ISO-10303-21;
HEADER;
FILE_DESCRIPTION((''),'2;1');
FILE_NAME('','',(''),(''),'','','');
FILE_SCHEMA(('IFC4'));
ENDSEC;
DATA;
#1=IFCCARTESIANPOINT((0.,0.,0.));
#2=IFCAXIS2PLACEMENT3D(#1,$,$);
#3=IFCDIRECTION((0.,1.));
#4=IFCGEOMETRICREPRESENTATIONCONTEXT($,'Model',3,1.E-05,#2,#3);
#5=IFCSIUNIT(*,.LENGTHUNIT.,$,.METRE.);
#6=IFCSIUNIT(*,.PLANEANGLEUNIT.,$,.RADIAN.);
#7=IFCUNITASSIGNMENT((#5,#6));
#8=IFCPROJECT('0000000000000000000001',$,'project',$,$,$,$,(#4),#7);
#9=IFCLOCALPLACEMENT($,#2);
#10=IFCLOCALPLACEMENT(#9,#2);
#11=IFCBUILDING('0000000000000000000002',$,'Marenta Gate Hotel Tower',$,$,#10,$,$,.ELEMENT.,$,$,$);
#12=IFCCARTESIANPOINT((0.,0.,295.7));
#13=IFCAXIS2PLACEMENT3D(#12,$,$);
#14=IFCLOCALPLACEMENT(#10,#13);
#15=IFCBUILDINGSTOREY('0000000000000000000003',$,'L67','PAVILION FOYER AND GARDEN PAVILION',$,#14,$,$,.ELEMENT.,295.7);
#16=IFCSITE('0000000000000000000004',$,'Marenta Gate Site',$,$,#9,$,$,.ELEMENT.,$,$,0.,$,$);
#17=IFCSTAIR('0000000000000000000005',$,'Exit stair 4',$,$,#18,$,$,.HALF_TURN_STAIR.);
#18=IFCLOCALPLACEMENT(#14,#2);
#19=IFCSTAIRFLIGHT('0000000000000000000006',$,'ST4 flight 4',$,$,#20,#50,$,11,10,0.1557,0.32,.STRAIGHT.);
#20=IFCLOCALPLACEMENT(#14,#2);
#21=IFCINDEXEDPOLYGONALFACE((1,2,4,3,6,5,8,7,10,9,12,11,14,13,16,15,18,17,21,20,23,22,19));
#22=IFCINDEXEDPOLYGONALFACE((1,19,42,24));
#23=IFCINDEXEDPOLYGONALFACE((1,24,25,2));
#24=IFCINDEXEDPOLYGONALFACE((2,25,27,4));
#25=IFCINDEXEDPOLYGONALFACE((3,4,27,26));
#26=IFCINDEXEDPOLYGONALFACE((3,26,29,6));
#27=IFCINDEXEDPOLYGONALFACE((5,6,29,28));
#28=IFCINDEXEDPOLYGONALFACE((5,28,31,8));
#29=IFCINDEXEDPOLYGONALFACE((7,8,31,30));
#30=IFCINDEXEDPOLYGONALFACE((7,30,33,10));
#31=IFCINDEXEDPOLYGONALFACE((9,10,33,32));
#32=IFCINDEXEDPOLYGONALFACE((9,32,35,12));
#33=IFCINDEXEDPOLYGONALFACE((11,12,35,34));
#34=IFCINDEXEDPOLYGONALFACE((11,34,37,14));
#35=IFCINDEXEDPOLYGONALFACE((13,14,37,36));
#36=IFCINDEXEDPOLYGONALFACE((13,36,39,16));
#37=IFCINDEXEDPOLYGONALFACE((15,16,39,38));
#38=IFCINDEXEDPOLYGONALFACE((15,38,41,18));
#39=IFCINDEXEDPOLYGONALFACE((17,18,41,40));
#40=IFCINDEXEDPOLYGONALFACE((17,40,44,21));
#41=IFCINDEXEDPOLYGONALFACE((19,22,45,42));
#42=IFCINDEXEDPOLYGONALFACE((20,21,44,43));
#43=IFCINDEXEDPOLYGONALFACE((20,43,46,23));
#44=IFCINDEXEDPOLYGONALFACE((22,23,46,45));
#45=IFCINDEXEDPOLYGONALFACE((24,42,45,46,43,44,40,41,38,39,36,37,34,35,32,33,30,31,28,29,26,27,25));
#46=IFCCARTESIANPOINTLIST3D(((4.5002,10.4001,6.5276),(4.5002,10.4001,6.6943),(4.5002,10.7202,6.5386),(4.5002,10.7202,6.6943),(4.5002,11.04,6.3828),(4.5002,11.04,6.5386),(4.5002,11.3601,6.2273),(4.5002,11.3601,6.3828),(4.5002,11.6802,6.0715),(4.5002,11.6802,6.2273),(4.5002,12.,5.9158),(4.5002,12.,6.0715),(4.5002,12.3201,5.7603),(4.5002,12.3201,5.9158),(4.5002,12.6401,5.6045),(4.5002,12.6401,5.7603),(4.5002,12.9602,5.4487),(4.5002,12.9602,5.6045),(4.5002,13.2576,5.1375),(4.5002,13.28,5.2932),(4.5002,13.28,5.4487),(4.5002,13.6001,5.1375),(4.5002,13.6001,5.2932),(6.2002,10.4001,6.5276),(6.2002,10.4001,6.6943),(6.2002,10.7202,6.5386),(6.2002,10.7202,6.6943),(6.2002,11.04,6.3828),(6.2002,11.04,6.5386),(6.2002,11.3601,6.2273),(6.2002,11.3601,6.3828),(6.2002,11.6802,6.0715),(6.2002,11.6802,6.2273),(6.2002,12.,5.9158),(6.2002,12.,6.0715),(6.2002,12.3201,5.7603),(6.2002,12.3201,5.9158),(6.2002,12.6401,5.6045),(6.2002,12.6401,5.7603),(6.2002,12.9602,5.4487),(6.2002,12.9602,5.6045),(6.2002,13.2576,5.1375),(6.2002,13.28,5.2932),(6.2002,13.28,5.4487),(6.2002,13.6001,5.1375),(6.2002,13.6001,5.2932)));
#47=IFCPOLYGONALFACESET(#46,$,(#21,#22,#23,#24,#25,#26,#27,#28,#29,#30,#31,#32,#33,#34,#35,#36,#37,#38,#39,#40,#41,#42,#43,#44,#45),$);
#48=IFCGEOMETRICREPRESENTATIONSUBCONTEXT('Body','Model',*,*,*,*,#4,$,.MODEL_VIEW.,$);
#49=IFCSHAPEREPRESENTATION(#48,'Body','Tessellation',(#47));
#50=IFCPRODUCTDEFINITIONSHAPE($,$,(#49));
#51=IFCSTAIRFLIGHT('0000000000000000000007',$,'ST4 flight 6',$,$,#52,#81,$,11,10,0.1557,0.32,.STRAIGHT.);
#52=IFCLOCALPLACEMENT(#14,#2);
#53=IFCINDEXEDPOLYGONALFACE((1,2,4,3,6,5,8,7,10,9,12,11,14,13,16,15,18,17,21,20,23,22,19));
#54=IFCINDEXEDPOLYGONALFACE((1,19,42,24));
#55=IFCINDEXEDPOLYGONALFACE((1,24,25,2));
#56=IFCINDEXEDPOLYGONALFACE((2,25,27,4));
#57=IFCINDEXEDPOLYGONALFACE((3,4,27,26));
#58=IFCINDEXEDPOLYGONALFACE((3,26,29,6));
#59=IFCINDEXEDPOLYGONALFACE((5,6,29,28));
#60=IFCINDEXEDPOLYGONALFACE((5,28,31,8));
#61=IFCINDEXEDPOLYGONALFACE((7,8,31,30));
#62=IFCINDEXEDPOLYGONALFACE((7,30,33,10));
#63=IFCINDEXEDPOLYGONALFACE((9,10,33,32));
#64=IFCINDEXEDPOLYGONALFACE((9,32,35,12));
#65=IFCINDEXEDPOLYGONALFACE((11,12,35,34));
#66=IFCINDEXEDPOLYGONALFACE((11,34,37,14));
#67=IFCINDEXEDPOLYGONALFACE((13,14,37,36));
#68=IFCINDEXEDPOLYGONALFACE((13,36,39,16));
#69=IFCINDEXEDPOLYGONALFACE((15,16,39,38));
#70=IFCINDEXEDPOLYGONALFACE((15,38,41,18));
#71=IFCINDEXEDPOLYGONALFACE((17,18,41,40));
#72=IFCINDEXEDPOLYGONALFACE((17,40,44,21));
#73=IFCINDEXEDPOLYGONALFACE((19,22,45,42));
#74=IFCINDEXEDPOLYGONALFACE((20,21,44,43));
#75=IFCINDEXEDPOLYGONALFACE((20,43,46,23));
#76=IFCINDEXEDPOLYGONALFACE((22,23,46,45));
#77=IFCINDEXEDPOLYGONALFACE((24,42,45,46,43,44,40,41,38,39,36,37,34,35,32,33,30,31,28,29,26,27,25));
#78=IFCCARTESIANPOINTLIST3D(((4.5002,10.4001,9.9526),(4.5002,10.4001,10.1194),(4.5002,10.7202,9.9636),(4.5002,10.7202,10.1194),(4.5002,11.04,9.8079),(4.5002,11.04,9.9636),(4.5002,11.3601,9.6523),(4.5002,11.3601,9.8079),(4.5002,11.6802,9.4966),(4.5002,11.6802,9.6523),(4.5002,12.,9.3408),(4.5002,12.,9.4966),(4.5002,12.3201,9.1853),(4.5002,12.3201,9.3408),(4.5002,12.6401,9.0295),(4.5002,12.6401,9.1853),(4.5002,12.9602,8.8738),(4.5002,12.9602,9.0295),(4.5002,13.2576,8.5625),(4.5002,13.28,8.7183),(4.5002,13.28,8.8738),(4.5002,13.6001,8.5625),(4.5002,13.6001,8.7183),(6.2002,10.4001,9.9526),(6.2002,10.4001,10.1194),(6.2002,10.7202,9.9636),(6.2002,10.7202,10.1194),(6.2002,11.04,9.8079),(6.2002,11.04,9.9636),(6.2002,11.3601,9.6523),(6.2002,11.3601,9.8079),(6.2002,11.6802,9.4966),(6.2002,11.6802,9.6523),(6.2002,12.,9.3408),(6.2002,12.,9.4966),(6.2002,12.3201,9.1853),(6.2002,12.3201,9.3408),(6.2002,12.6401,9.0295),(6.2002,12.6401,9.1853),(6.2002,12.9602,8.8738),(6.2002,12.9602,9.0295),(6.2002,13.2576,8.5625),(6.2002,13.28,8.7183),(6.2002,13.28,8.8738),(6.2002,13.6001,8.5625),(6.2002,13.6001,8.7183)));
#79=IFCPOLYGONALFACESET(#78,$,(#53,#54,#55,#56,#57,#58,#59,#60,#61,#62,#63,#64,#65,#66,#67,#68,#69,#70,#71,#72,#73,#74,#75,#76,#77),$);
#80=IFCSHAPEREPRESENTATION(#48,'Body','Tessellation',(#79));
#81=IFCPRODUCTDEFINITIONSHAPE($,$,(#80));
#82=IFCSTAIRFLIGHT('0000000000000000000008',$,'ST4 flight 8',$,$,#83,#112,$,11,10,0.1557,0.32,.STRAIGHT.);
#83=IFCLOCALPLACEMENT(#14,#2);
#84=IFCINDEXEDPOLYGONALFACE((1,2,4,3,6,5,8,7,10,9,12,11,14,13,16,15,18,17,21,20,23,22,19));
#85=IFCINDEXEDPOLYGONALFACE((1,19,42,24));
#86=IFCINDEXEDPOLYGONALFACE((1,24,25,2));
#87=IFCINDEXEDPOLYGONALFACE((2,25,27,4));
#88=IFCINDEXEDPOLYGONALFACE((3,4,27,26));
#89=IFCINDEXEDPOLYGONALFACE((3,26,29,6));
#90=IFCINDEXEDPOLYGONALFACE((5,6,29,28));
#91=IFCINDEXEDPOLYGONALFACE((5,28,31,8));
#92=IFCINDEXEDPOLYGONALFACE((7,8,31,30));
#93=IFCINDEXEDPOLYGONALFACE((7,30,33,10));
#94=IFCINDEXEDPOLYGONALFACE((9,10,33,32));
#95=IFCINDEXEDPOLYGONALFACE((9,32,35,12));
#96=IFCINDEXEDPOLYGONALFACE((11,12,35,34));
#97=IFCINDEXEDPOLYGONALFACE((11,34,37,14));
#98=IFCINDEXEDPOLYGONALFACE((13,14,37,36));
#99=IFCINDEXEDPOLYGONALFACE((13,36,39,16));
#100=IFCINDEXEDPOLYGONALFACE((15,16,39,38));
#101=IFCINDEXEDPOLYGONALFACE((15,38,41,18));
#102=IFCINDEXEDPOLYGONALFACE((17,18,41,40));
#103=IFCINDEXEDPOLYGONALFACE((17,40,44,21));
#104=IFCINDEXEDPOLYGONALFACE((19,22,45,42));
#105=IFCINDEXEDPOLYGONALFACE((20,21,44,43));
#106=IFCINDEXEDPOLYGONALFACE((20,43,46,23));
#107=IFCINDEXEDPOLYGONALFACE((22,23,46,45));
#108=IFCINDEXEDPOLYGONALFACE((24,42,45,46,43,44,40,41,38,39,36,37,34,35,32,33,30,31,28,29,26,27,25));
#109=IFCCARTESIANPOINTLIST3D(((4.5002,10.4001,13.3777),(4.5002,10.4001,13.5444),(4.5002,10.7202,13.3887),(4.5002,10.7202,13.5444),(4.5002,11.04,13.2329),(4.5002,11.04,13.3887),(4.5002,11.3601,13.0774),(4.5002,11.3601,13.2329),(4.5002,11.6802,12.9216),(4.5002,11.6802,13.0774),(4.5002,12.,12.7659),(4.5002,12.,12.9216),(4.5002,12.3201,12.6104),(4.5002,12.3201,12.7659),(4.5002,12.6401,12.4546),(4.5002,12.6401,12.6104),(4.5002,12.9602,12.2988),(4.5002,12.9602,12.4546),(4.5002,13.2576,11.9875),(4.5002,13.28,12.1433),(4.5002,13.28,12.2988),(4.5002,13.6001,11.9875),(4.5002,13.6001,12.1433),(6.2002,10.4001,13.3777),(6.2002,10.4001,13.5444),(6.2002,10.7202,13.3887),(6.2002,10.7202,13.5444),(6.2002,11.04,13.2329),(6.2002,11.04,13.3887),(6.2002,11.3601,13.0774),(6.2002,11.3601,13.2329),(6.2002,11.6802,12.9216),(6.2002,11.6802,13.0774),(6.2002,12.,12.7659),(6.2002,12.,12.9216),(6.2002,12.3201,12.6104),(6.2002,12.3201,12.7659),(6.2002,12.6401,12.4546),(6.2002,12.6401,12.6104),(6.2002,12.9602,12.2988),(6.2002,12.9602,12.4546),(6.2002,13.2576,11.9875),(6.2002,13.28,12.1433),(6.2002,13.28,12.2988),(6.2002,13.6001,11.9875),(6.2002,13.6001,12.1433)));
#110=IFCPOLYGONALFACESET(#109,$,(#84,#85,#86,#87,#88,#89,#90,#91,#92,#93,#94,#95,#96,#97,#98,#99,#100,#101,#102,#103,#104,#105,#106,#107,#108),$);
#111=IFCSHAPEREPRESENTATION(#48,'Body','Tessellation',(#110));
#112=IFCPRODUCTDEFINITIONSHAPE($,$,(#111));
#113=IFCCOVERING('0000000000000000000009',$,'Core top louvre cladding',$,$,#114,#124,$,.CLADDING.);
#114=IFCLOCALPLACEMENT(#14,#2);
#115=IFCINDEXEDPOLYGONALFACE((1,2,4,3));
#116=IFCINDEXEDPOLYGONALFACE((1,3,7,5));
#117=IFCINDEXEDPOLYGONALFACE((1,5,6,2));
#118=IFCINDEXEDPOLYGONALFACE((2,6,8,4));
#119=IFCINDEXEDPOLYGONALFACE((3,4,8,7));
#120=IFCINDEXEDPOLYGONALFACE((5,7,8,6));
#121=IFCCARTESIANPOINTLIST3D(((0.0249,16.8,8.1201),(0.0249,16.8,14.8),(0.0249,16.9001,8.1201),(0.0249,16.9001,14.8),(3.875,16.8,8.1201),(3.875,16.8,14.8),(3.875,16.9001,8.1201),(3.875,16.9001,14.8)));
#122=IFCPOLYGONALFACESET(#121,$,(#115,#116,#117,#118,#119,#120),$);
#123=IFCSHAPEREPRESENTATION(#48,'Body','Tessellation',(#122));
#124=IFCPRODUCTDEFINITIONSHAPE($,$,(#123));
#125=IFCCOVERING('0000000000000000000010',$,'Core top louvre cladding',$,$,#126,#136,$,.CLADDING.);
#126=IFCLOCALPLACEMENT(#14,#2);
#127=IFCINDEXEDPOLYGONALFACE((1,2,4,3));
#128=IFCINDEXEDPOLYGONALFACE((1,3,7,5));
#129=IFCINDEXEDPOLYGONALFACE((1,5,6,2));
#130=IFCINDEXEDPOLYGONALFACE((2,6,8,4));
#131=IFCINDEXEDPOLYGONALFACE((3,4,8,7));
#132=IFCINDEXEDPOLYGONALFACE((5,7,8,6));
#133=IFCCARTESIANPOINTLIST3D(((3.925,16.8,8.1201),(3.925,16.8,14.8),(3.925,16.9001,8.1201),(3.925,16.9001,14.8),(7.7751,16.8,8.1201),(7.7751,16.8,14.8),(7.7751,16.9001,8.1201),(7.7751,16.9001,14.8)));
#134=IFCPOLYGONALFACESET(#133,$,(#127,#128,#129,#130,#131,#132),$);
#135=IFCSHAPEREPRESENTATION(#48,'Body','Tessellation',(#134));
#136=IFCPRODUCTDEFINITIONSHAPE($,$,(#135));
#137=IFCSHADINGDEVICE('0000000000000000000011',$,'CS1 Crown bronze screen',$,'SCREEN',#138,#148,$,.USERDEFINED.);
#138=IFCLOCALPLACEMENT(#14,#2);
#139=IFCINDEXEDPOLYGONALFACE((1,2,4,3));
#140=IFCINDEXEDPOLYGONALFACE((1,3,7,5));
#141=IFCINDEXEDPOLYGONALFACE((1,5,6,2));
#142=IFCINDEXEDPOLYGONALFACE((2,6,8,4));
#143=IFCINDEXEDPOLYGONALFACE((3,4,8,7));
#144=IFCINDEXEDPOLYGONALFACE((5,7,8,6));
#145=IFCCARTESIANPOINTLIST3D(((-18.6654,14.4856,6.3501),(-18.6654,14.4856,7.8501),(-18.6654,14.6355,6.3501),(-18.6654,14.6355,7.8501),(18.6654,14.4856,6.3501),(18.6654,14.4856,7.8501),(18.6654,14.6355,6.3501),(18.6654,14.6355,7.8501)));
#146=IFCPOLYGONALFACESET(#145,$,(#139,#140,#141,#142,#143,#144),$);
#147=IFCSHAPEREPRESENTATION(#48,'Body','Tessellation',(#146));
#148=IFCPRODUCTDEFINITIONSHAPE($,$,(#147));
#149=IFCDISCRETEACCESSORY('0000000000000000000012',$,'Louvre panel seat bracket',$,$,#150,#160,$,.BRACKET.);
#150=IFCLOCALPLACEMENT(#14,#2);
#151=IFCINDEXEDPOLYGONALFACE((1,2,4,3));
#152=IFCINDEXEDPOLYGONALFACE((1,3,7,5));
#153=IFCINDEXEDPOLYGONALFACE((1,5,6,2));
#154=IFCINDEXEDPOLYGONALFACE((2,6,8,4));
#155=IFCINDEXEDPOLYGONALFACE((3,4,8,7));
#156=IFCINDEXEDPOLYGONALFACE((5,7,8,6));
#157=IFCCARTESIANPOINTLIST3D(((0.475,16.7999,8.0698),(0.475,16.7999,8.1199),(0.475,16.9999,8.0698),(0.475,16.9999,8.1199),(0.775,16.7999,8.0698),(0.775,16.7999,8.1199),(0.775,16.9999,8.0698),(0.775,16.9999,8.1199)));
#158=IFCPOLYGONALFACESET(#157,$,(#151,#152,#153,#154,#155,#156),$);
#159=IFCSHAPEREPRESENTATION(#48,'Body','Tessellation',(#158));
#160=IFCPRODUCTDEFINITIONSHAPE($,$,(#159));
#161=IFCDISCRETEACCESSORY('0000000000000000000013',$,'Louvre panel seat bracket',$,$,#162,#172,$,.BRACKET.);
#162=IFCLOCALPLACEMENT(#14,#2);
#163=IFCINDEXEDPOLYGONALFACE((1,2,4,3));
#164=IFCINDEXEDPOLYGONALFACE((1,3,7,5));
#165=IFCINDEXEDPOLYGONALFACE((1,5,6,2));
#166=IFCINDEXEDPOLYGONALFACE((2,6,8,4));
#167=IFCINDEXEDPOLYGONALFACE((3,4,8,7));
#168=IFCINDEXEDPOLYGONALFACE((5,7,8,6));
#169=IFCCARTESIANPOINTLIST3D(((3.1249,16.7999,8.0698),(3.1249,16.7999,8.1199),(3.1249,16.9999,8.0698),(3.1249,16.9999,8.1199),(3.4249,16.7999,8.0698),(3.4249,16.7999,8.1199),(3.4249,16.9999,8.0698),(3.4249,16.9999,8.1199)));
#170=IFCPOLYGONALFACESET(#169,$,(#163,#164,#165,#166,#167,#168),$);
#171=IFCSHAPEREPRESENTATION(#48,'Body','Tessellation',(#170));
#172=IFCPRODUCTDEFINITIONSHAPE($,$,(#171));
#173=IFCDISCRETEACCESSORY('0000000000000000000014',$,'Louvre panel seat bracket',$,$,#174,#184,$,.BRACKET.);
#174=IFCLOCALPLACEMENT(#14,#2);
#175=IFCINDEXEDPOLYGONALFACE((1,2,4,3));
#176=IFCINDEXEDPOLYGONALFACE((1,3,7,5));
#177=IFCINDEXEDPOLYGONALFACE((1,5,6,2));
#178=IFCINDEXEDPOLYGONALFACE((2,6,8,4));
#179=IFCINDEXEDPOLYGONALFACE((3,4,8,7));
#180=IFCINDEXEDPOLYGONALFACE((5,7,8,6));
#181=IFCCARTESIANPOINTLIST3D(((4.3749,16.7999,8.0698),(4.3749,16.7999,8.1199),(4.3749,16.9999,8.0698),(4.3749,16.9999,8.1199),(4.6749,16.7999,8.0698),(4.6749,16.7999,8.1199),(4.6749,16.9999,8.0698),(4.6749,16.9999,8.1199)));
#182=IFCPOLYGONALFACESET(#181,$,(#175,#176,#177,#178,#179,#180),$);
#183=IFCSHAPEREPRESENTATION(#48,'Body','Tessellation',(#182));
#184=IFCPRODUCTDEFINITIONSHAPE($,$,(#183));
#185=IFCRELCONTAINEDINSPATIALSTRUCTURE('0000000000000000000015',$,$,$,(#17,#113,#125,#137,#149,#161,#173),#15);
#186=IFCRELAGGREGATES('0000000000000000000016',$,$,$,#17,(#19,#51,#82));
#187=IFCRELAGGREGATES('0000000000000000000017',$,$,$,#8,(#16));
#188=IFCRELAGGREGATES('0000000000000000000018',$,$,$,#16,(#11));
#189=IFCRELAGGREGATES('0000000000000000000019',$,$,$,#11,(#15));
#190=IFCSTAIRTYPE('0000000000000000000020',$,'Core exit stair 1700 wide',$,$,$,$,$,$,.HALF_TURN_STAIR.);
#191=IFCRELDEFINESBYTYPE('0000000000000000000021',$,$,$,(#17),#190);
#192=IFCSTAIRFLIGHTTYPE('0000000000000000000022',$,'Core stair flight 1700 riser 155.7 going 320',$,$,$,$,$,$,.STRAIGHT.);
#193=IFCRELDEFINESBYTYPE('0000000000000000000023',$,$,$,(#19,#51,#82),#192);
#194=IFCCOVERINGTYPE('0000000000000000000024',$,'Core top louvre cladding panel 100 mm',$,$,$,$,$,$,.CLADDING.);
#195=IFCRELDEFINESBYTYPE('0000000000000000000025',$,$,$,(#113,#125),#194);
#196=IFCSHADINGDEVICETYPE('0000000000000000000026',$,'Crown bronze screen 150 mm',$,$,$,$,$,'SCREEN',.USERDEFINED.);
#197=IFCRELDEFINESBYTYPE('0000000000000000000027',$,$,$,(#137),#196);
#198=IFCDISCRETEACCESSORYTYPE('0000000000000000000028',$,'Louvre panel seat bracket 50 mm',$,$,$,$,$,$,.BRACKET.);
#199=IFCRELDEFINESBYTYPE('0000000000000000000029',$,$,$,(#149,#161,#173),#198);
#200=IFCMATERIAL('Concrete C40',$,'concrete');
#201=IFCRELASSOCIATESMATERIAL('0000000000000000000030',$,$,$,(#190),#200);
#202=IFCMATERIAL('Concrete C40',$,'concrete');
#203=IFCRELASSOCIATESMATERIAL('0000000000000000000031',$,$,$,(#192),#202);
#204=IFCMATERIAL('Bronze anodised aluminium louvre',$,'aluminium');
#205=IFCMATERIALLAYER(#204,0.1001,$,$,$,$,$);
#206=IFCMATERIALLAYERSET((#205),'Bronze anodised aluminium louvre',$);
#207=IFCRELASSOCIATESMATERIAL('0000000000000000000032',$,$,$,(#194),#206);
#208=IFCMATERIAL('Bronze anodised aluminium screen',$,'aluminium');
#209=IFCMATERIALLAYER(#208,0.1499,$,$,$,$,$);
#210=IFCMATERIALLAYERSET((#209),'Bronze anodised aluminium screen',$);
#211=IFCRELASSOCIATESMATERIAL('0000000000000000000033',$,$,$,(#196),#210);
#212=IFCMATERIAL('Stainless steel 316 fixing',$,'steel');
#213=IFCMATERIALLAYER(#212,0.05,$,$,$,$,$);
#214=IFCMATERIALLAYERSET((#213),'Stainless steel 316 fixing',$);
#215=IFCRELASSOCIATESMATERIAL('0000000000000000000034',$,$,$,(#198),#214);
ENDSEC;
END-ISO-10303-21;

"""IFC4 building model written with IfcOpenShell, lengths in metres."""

from ifc_helpers import new_model, si_unit, direction, frame, origin, origin_2d, place, context, subcontext, project, spatial, polyline, rectangle, outline, extrude, material, layer, layer_set, type_object, element, aggregate, save


model = new_model("IFC4")

# Units and contexts
model_context = context("Model", 3, precision=1e-05, world=origin(), true_north=direction((0.0, 1.0)))
body_context = subcontext(model_context, "Body", "Model", "MODEL_VIEW")
ifc_project = project(units=[si_unit("LENGTHUNIT", "METRE"), si_unit("PLANEANGLEUNIT", "RADIAN")], contexts=[model_context])

# Site, building, storey
site_placement = place(None, origin())
site = spatial("IfcSite", under=ifc_project, at=site_placement, Name="Marenta Gate Site", CompositionType="ELEMENT", RefElevation=0.0)
building_placement = place(site_placement, origin())
building = spatial("IfcBuilding", under=site, at=building_placement, Name="Marenta Gate Hotel Tower", CompositionType="ELEMENT")
storey_placement = place(building_placement, frame((0.0, 0.0, 295.7)))
storey = spatial("IfcBuildingStorey", under=building, at=storey_placement, Name="L67", Description="PAVILION FOYER AND GARDEN PAVILION", CompositionType="ELEMENT", Elevation=295.7)

# Stair, stair flights
ifc_material_1 = material(Name="Concrete C40", Category="concrete")
stair_type = type_object("IfcStairType", Name="Core exit stair 1700 wide", PredefinedType="HALF_TURN_STAIR", material=ifc_material_1)
ifc_material_2 = material(Name="Concrete C40", Category="concrete")
stair_flight_type = type_object("IfcStairFlightType", Name="Core stair flight 1700 riser 155.7 going 320", PredefinedType="STRAIGHT", material=ifc_material_2)
stair_1_placement = place(storey_placement, origin())
stair_1 = element("IfcStair", 1, at=stair_1_placement, inside=storey, type_object=stair_type, Name="Exit stair 4", PredefinedType="HALF_TURN_STAIR")
stair_flight_1_placement = place(storey_placement, frame((5.3501, 13.6001, 5.1375), z_axis=(0.0, 0.0, 1.0), x_axis=(0.0, -1.0, 0.0)))
stair_flight_1 = element("IfcStairFlight", 2, at=stair_flight_1_placement, type_object=stair_flight_type, Name="ST4 flight 4", NumberOfRisers=11, NumberOfTreads=10, PredefinedType="STRAIGHT", RiserHeight=0.1557, TreadLength=0.32, context=body_context, shape_type="SweptSolid", body=[
    extrude(outline(polyline([(0.0, 0.0), (0.0, 0.1558), (0.3201, 0.1558), (0.3201, 0.3113), (0.6399, 0.3113), (0.6399, 0.467), (0.96, 0.467), (0.96, 0.6228), (1.28, 0.6228), (1.28, 0.7783), (1.6001, 0.7783), (1.6001, 0.9341), (1.9199, 0.9341), (1.9199, 1.0898), (2.24, 1.0898), (2.24, 1.2454), (2.5601, 1.2454), (2.5601, 1.4011), (2.8799, 1.4011), (2.8799, 1.5569), (3.2, 1.5569), (3.2, 1.7124), (3.2, 1.3901), (0.3425, 0.0), (0.0, 0.0)])), frame((0.0, 0.8501, 0.0), z_axis=(0.0, -1.0, 0.0), x_axis=(1.0, 0.0, 0.0)), (0.0, 0.0, 1.0), 1.7),
])
stair_flight_2_placement = place(storey_placement, frame((5.3501, 13.6001, 8.5625), z_axis=(0.0, 0.0, 1.0), x_axis=(0.0, -1.0, 0.0)))
stair_flight_2 = element("IfcStairFlight", 3, at=stair_flight_2_placement, type_object=stair_flight_type, Name="ST4 flight 6", NumberOfRisers=11, NumberOfTreads=10, PredefinedType="STRAIGHT", RiserHeight=0.1557, TreadLength=0.32, context=body_context, shape_type="SweptSolid", body=[
    extrude(outline(polyline([(0.0, 0.0), (0.0, 0.1558), (0.3201, 0.1558), (0.3201, 0.3113), (0.6399, 0.3113), (0.6399, 0.467), (0.96, 0.467), (0.96, 0.6228), (1.28, 0.6228), (1.28, 0.7783), (1.6001, 0.7783), (1.6001, 0.9341), (1.9199, 0.9341), (1.9199, 1.0898), (2.24, 1.0898), (2.24, 1.2454), (2.5601, 1.2454), (2.5601, 1.4011), (2.8799, 1.4011), (2.8799, 1.5569), (3.2, 1.5569), (3.2, 1.7124), (3.2, 1.3901), (0.3425, 0.0), (0.0, 0.0)])), frame((0.0, 0.8501, 0.0), z_axis=(0.0, -1.0, 0.0), x_axis=(1.0, 0.0, 0.0)), (0.0, 0.0, 1.0), 1.7),
])
stair_flight_3_placement = place(storey_placement, frame((5.3501, 13.6001, 11.9875), z_axis=(0.0, 0.0, 1.0), x_axis=(0.0, -1.0, 0.0)))
stair_flight_3 = element("IfcStairFlight", 4, at=stair_flight_3_placement, type_object=stair_flight_type, Name="ST4 flight 8", NumberOfRisers=11, NumberOfTreads=10, PredefinedType="STRAIGHT", RiserHeight=0.1557, TreadLength=0.32, context=body_context, shape_type="SweptSolid", body=[
    extrude(outline(polyline([(0.0, 0.0), (0.0, 0.1558), (0.3201, 0.1558), (0.3201, 0.3113), (0.6399, 0.3113), (0.6399, 0.467), (0.96, 0.467), (0.96, 0.6228), (1.28, 0.6228), (1.28, 0.7783), (1.6001, 0.7783), (1.6001, 0.9341), (1.9199, 0.9341), (1.9199, 1.0898), (2.24, 1.0898), (2.24, 1.2454), (2.5601, 1.2454), (2.5601, 1.4011), (2.8799, 1.4011), (2.8799, 1.5569), (3.2, 1.5569), (3.2, 1.7124), (3.2, 1.3901), (0.3425, 0.0), (0.0, 0.0)])), frame((0.0, 0.8501, 0.0), z_axis=(0.0, -1.0, 0.0), x_axis=(1.0, 0.0, 0.0)), (0.0, 0.0, 1.0), 1.7),
])
aggregate(stair_1, [stair_flight_1, stair_flight_2, stair_flight_3])

# Coverings
ifc_material_3 = material(Name="Bronze anodised aluminium louvre", Category="aluminium")
ifc_layer_1 = layer(ifc_material_3, 0.1001)
ifc_layer_set_1 = layer_set([ifc_layer_1], Name="Bronze anodised aluminium louvre")
covering_type = type_object("IfcCoveringType", Name="Core top louvre cladding panel 100 mm", PredefinedType="CLADDING", material=ifc_layer_set_1)
for number, where, z_axis, x_axis, name in (
    (5, (1.95, 16.8501, 8.1201), (0.0, 0.0, 1.0), (1.0, 0.0, 0.0), "Core top louvre cladding"),
    (6, (5.8501, 16.8501, 8.1201), (0.0, 0.0, 1.0), (1.0, 0.0, 0.0), "Core top louvre cladding"),
):
    element("IfcCovering", number, at=place(storey_placement, frame(where, z_axis=z_axis, x_axis=x_axis)), inside=storey, type_object=covering_type, Name=name, PredefinedType="CLADDING", context=body_context, shape_type="SweptSolid", body=[
        extrude(rectangle(XDim=3.8501, YDim=0.1001, at=origin_2d()), origin(), (0.0, 0.0, 1.0), 6.6799),
    ])

# Shading device
ifc_material_4 = material(Name="Bronze anodised aluminium screen", Category="aluminium")
ifc_layer_2 = layer(ifc_material_4, 0.1499)
ifc_layer_set_2 = layer_set([ifc_layer_2], Name="Bronze anodised aluminium screen")
shading_device_type = type_object("IfcShadingDeviceType", Name="Crown bronze screen 150 mm", ElementType="SCREEN", PredefinedType="USERDEFINED", material=ifc_layer_set_2)
shading_device_placement = place(storey_placement, frame((0.0, 14.5605, 6.3501), z_axis=(0.0, 0.0, 1.0), x_axis=(1.0, 0.0, 0.0)))
element("IfcShadingDevice", 7, at=shading_device_placement, inside=storey, type_object=shading_device_type, Name="CS1 Crown bronze screen", ObjectType="SCREEN", PredefinedType="USERDEFINED", context=body_context, shape_type="SweptSolid", body=[
    extrude(rectangle(XDim=37.3308, YDim=0.1499, at=origin_2d()), origin(), (0.0, 0.0, 1.0), 1.5),
])

# Discrete accessories
ifc_material_5 = material(Name="Stainless steel 316 fixing", Category="steel")
ifc_layer_3 = layer(ifc_material_5, 0.05)
ifc_layer_set_3 = layer_set([ifc_layer_3], Name="Stainless steel 316 fixing")
discrete_accessory_type = type_object("IfcDiscreteAccessoryType", Name="Louvre panel seat bracket 50 mm", PredefinedType="BRACKET", material=ifc_layer_set_3)
for number, where, z_axis, x_axis, name in (
    (8, (0.625, 16.8999, 8.0698), (0.0, 0.0, 1.0), (1.0, 0.0, 0.0), "Louvre panel seat bracket"),
    (9, (3.2749, 16.8999, 8.0698), (0.0, 0.0, 1.0), (1.0, 0.0, 0.0), "Louvre panel seat bracket"),
    (10, (4.5249, 16.8999, 8.0698), (0.0, 0.0, 1.0), (1.0, 0.0, 0.0), "Louvre panel seat bracket"),
):
    element("IfcDiscreteAccessory", number, at=place(storey_placement, frame(where, z_axis=z_axis, x_axis=x_axis)), inside=storey, type_object=discrete_accessory_type, Name=name, PredefinedType="BRACKET", context=body_context, shape_type="SweptSolid", body=[
        extrude(rectangle(XDim=0.3, YDim=0.2, at=origin_2d()), origin(), (0.0, 0.0, 1.0), 0.05),
    ])

save(model, "model.ifc")
